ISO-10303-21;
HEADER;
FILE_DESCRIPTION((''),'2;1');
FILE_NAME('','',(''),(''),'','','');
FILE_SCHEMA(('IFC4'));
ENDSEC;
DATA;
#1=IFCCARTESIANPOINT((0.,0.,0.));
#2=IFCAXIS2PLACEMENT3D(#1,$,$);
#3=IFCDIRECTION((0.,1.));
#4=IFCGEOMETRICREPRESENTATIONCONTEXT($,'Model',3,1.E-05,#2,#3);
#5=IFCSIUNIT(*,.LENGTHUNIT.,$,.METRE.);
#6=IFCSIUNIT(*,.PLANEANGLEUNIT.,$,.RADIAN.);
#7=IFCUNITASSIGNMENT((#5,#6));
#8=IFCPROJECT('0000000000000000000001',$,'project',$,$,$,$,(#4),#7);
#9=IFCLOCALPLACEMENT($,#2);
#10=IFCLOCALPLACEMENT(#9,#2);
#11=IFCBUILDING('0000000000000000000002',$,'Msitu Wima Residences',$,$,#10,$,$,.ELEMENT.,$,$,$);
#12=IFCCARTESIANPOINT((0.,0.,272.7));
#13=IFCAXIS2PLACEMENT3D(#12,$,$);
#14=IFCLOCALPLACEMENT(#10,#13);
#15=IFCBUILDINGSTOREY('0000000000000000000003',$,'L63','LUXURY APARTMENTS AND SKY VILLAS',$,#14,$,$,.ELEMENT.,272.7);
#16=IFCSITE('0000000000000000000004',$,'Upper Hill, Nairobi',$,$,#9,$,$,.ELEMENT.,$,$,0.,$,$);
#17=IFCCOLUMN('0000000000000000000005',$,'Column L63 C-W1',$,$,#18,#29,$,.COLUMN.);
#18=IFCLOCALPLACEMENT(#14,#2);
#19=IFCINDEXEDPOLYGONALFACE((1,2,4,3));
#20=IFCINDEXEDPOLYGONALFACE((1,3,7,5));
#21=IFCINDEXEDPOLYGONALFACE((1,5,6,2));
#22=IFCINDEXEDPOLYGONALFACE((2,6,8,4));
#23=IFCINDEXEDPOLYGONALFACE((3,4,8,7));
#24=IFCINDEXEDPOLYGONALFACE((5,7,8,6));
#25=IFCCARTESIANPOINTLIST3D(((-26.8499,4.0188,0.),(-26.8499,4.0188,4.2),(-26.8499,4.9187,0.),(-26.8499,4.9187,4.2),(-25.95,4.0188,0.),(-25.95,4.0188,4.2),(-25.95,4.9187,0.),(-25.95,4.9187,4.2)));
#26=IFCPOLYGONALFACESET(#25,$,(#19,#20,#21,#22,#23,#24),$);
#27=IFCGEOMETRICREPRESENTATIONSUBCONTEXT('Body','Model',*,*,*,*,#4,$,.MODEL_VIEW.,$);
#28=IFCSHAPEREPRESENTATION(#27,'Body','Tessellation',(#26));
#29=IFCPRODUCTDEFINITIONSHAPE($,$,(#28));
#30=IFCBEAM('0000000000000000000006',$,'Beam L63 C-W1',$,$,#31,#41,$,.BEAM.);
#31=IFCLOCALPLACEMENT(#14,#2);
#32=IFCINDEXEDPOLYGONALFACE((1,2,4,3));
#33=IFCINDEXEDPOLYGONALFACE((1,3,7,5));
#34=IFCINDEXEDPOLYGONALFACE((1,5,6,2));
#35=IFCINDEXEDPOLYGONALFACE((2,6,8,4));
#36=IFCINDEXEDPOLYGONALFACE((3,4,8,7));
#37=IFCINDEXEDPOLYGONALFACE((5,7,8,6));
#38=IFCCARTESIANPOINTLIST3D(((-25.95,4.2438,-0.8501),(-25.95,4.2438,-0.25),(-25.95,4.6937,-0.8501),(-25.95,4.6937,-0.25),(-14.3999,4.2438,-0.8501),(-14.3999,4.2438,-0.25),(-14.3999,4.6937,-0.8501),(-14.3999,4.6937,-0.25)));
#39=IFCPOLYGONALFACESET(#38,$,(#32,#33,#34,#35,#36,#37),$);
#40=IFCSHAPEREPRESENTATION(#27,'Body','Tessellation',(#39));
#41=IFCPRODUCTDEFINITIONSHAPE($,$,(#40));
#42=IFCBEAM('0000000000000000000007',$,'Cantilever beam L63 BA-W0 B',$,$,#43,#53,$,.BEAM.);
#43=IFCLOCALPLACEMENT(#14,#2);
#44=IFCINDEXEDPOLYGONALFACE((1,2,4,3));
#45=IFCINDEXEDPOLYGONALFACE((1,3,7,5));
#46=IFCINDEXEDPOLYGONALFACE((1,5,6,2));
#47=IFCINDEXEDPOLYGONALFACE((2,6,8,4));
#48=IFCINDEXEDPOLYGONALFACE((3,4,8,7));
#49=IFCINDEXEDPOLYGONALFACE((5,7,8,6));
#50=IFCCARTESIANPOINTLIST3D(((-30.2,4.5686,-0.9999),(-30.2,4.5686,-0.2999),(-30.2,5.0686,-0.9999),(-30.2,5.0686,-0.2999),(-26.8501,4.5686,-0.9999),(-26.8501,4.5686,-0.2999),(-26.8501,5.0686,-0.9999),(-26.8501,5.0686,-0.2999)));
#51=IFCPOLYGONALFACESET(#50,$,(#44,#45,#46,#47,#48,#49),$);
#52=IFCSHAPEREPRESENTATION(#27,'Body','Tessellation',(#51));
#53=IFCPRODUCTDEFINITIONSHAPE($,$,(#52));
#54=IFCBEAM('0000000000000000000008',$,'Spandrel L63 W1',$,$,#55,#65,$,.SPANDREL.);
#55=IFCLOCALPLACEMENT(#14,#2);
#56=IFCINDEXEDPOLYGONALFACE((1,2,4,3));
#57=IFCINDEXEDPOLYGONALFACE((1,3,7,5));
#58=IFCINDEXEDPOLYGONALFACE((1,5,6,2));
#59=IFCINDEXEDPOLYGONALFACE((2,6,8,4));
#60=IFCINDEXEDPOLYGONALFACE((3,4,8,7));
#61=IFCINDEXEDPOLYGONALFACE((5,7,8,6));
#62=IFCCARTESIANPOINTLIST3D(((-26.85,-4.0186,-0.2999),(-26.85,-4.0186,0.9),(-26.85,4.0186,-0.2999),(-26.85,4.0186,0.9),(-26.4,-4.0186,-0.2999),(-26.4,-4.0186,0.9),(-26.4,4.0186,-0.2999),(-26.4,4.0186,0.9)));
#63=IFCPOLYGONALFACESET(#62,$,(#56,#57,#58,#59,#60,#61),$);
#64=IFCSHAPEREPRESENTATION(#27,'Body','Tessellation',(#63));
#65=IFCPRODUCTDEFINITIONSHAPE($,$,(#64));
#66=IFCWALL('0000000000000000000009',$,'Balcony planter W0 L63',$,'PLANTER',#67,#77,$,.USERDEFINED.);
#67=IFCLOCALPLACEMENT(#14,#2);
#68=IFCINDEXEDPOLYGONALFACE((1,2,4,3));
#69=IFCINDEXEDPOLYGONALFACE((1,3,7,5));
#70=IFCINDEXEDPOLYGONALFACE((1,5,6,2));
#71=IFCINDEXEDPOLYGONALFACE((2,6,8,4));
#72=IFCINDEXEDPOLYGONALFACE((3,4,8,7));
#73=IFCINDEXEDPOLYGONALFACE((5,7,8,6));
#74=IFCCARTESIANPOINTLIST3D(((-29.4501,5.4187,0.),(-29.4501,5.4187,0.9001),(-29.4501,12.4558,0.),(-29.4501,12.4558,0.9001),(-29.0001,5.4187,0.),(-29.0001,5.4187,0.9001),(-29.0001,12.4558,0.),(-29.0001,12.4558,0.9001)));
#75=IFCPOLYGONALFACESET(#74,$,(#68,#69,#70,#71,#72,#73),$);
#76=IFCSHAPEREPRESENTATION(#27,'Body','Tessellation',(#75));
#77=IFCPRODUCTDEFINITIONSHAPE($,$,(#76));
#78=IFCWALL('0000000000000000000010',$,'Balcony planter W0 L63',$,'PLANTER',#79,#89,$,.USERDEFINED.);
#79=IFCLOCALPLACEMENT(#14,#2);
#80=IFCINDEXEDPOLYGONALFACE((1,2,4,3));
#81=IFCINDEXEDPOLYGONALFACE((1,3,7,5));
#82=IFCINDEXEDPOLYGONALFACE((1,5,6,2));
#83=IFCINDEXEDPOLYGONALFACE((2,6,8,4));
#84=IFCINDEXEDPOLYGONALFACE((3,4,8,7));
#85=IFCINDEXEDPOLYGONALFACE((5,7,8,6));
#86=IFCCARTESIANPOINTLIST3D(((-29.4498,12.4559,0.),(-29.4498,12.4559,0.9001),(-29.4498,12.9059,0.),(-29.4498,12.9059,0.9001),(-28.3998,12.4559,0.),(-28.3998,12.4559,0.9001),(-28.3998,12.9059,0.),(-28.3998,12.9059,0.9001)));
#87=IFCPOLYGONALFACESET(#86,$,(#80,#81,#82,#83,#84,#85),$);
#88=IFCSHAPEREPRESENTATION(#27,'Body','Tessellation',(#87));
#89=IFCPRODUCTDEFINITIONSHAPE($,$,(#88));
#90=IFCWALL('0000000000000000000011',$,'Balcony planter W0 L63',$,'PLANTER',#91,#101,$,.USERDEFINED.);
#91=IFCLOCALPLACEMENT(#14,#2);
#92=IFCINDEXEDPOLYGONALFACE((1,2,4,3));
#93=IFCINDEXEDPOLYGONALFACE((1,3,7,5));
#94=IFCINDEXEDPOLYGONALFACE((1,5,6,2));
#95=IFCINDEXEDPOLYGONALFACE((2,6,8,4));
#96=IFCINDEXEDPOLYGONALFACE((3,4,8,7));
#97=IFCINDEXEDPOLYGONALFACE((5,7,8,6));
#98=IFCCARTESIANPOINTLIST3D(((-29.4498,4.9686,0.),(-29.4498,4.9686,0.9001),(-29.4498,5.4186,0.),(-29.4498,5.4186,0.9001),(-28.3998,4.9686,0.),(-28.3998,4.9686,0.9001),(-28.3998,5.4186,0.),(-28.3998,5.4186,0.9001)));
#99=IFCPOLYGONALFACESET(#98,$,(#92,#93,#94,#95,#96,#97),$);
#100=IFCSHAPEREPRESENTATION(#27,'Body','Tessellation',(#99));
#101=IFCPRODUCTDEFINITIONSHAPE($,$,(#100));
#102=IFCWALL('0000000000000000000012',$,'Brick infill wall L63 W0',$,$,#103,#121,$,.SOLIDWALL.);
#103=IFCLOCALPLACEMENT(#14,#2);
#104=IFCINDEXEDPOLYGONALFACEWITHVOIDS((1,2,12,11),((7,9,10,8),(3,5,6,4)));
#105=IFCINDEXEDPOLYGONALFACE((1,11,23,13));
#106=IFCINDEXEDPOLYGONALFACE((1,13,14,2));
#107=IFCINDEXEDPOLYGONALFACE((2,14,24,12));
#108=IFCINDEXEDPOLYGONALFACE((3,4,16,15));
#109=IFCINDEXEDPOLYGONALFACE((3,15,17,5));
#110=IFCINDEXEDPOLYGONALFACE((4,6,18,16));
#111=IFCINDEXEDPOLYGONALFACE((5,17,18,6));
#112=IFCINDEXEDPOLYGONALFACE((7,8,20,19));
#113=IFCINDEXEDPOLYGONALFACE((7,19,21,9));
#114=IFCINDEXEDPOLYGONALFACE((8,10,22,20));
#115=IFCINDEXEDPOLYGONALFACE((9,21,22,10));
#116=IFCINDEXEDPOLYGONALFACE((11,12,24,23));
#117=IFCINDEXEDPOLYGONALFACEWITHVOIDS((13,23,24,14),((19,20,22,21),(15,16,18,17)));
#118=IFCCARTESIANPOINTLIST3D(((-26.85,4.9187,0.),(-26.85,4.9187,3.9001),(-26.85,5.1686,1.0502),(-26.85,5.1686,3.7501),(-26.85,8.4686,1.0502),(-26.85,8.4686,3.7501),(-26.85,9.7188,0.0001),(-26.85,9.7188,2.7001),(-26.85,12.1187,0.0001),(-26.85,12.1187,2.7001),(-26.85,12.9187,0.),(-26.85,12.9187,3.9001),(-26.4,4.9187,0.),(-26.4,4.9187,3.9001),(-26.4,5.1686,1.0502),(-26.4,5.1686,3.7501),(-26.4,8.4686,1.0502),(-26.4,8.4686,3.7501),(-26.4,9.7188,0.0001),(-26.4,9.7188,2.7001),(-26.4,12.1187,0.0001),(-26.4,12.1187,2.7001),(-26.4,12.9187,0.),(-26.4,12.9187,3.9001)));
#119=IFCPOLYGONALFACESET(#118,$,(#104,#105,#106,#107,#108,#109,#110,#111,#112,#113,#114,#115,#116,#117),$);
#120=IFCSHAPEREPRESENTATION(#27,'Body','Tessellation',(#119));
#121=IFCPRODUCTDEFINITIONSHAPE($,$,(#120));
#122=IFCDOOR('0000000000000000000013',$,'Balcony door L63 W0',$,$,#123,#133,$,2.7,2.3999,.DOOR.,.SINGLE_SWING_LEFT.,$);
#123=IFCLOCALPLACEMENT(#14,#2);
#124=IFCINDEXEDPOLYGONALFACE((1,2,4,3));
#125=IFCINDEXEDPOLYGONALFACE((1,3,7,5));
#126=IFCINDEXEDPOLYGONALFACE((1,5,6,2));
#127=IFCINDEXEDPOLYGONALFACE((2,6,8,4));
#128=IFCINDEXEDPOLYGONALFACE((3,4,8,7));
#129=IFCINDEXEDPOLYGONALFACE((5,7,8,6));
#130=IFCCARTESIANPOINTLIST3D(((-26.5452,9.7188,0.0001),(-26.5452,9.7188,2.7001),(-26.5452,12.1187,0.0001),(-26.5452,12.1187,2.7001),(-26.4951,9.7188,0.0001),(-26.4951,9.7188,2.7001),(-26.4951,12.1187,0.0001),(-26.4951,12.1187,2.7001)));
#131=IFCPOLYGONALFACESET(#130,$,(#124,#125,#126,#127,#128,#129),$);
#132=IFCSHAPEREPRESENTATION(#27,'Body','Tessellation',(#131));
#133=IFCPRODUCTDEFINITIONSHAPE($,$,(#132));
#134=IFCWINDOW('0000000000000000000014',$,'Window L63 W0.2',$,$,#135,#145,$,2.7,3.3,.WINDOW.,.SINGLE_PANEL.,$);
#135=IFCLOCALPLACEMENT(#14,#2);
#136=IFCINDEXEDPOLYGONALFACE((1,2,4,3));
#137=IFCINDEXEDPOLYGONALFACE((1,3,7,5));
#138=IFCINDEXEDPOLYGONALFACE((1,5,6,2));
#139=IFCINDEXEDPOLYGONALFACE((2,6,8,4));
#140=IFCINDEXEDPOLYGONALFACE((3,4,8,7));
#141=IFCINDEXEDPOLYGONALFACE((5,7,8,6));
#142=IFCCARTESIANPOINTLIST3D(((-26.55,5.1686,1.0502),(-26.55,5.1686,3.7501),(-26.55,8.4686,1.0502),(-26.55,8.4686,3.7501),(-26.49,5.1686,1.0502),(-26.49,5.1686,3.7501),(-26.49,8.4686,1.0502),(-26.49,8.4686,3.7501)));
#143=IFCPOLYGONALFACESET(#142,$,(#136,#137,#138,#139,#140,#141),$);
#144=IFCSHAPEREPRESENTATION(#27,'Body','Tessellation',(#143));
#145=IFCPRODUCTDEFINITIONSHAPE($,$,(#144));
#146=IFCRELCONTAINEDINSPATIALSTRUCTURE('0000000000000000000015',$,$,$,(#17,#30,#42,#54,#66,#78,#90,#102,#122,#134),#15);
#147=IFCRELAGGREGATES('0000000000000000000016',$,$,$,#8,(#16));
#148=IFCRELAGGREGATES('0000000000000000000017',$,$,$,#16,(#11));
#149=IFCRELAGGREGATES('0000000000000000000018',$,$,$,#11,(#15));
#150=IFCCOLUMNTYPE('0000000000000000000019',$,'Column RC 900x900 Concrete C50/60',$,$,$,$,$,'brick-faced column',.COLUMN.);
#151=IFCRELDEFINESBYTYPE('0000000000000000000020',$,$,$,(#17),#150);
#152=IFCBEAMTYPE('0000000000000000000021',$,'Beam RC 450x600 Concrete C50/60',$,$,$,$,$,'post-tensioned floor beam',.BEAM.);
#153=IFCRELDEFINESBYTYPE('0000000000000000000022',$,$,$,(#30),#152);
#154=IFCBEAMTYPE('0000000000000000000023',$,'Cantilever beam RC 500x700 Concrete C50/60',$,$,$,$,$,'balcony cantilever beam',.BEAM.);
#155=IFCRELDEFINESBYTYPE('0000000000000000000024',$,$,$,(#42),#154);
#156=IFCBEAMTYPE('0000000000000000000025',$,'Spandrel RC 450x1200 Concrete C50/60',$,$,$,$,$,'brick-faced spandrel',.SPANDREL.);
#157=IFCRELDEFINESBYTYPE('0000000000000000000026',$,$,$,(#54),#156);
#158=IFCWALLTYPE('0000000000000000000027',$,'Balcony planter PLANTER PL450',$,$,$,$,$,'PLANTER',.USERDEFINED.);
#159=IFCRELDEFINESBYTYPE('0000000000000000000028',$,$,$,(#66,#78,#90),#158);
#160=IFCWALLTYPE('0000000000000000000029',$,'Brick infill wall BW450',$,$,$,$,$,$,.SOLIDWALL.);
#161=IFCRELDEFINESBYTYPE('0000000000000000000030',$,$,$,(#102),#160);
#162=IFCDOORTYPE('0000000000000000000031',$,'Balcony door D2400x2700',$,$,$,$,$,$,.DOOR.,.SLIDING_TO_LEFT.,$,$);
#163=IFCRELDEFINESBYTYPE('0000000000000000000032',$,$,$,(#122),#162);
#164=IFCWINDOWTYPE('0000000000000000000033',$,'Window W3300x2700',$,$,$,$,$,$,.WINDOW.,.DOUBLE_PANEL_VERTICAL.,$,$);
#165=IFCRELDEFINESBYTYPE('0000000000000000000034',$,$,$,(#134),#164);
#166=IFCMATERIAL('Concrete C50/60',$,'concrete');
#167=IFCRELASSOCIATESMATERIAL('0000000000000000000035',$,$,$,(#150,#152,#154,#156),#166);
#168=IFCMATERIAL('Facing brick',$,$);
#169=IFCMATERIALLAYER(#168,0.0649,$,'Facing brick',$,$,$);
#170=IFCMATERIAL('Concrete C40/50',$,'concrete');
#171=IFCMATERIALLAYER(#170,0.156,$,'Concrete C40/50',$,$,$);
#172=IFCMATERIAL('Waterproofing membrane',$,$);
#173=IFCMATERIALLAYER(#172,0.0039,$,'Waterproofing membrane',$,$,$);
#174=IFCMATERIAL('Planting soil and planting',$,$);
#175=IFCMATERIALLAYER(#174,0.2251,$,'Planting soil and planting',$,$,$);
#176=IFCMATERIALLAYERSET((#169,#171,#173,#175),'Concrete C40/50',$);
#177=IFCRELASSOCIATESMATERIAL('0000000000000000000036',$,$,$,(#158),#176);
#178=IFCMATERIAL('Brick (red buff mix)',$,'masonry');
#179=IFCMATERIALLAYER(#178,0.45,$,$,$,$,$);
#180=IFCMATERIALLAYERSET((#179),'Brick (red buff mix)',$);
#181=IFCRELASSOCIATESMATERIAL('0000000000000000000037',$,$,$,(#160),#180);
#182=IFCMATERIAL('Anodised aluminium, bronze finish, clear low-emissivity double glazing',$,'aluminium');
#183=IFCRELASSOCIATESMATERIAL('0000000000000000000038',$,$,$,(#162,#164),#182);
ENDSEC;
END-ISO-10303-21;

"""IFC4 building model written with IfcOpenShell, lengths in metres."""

from ifc_helpers import new_model, si_unit, direction, frame, frame_2d, origin, origin_2d, place, context, subcontext, project, spatial, rectangle, extrude, material, layer, layer_set, material_profile, profile_set, type_object, element, fill, save


model = new_model("IFC4")

# Units and contexts
model_context = context("Model", 3, precision=1e-05, world=origin(), true_north=direction((0.0, 1.0)))
body_context = subcontext(model_context, "Body", "Model", "MODEL_VIEW")
ifc_project = project(units=[si_unit("LENGTHUNIT", "METRE"), si_unit("PLANEANGLEUNIT", "RADIAN")], contexts=[model_context])

# Site, building, storey
site_placement = place(None, origin())
site = spatial("IfcSite", under=ifc_project, at=site_placement, Name="Upper Hill, Nairobi", CompositionType="ELEMENT", RefElevation=0.0)
building_placement = place(site_placement, origin())
building = spatial("IfcBuilding", under=site, at=building_placement, Name="Msitu Wima Residences", CompositionType="ELEMENT")
storey_placement = place(building_placement, frame((0.0, 0.0, 272.7)))
storey = spatial("IfcBuildingStorey", under=building, at=storey_placement, Name="L63", Description="LUXURY APARTMENTS AND SKY VILLAS", CompositionType="ELEMENT", Elevation=272.7)

# Column
ifc_material_1 = material(Name="Concrete C50/60", Category="concrete")
ifc_material_profile_1 = material_profile(ifc_material_1, rectangle(XDim=0.8999, YDim=0.8999, at=origin_2d()), Name="RC 900x900")
ifc_profile_set_1 = profile_set([ifc_material_profile_1], Name="Concrete C50/60")
column_type = type_object("IfcColumnType", Name="Column RC 900x900 Concrete C50/60", ElementType="brick-faced column", PredefinedType="COLUMN", material=ifc_profile_set_1)
column_placement = place(storey_placement, frame((-26.3999, 4.4688, 0.0), z_axis=(0.0, 0.0, 1.0), x_axis=(0.0, -1.0, 0.0)))
element("IfcColumn", 1, at=column_placement, inside=storey, type_object=column_type, Name="Column L63 C-W1", PredefinedType="COLUMN", context=body_context, shape_type="SweptSolid", body=[
    extrude(rectangle(XDim=0.8999, YDim=0.8999, at=origin_2d()), origin(), (0.0, 0.0, 1.0), 4.2),
])

# Beams
ifc_material_profile_2 = material_profile(ifc_material_1, rectangle(XDim=0.45, YDim=0.6001, at=origin_2d()), Name="RC 450x600")
ifc_profile_set_2 = profile_set([ifc_material_profile_2], Name="Concrete C50/60")
beam_type_1 = type_object("IfcBeamType", Name="Beam RC 450x600 Concrete C50/60", ElementType="post-tensioned floor beam", PredefinedType="BEAM", material=ifc_profile_set_2)
beam_1_placement = place(storey_placement, frame((-25.95, 4.4688, -0.55), z_axis=(1.0, 0.0, 0.0), x_axis=(0.0, 1.0, 0.0)))
element("IfcBeam", 2, at=beam_1_placement, inside=storey, type_object=beam_type_1, Name="Beam L63 C-W1", PredefinedType="BEAM", context=body_context, shape_type="SweptSolid", body=[
    extrude(rectangle(XDim=0.45, YDim=0.6001, at=origin_2d()), origin(), (0.0, 0.0, 1.0), 11.55),
])
ifc_material_profile_3 = material_profile(ifc_material_1, rectangle(XDim=0.5, YDim=0.7, at=origin_2d()), Name="RC 500x700")
ifc_profile_set_3 = profile_set([ifc_material_profile_3], Name="Concrete C50/60")
beam_type_2 = type_object("IfcBeamType", Name="Cantilever beam RC 500x700 Concrete C50/60", ElementType="balcony cantilever beam", PredefinedType="BEAM", material=ifc_profile_set_3)
beam_2_placement = place(storey_placement, frame((-26.8501, 4.8186, -0.6499), z_axis=(-1.0, 0.0, 0.0), x_axis=(0.0, -1.0, 0.0)))
element("IfcBeam", 3, at=beam_2_placement, inside=storey, type_object=beam_type_2, Name="Cantilever beam L63 BA-W0 B", PredefinedType="BEAM", context=body_context, shape_type="SweptSolid", body=[
    extrude(rectangle(XDim=0.5, YDim=0.7, at=origin_2d()), origin(), (0.0, 0.0, 1.0), 3.3499),
])
ifc_material_profile_4 = material_profile(ifc_material_1, rectangle(XDim=0.45, YDim=1.2, at=origin_2d()), Name="RC 450x1200")
ifc_profile_set_4 = profile_set([ifc_material_profile_4], Name="Concrete C50/60")
beam_type_3 = type_object("IfcBeamType", Name="Spandrel RC 450x1200 Concrete C50/60", ElementType="brick-faced spandrel", PredefinedType="SPANDREL", material=ifc_profile_set_4)
beam_3_placement = place(storey_placement, frame((-26.625, 4.0186, 0.3), z_axis=(0.0, -1.0, 0.0), x_axis=(1.0, 0.0, 0.0)))
element("IfcBeam", 4, at=beam_3_placement, inside=storey, type_object=beam_type_3, Name="Spandrel L63 W1", PredefinedType="SPANDREL", context=body_context, shape_type="SweptSolid", body=[
    extrude(rectangle(XDim=0.45, YDim=1.2, at=origin_2d()), origin(), (0.0, 0.0, 1.0), 8.0371),
])

# Walls
ifc_material_2 = material(Name="Facing brick")
ifc_layer_1 = layer(ifc_material_2, 0.0649, Name="Facing brick")
ifc_material_3 = material(Name="Concrete C40/50", Category="concrete")
ifc_layer_2 = layer(ifc_material_3, 0.156, Name="Concrete C40/50")
ifc_material_4 = material(Name="Waterproofing membrane")
ifc_layer_3 = layer(ifc_material_4, 0.0039, Name="Waterproofing membrane")
ifc_material_5 = material(Name="Planting soil and planting")
ifc_layer_4 = layer(ifc_material_5, 0.2251, Name="Planting soil and planting")
ifc_layer_set_1 = layer_set([ifc_layer_1, ifc_layer_2, ifc_layer_3, ifc_layer_4], Name="Concrete C40/50")
wall_type_1 = type_object("IfcWallType", Name="Balcony planter PLANTER PL450", ElementType="PLANTER", PredefinedType="USERDEFINED", material=ifc_layer_set_1)
wall_1_placement = place(storey_placement, frame((-29.2251, 12.4558, 0.0), z_axis=(0.0, 0.0, 1.0), x_axis=(0.0, -1.0, 0.0)))
element("IfcWall", 5, at=wall_1_placement, inside=storey, type_object=wall_type_1, Name="Balcony planter W0 L63", ObjectType="PLANTER", PredefinedType="USERDEFINED", context=body_context, shape_type="SweptSolid", body=[
    extrude(rectangle(XDim=7.0371, YDim=0.45, at=frame_2d((3.5186, 0.0))), origin(), (0.0, 0.0, 1.0), 0.9001),
])
for number, where, z_axis, x_axis, name in (
    (6, (-28.3999, 12.6809, 0.0), (0.0, 0.0, 1.0), (-1.0, 0.0, 0.0), "Balcony planter W0 L63"),
    (7, (-28.3999, 5.1936, 0.0), (0.0, 0.0, 1.0), (-1.0, 0.0, 0.0), "Balcony planter W0 L63"),
):
    element("IfcWall", number, at=place(storey_placement, frame(where, z_axis=z_axis, x_axis=x_axis)), inside=storey, type_object=wall_type_1, Name=name, ObjectType="PLANTER", PredefinedType="USERDEFINED", context=body_context, shape_type="SweptSolid", body=[
        extrude(rectangle(XDim=1.05, YDim=0.45, at=frame_2d((0.5249, 0.0))), origin(), (0.0, 0.0, 1.0), 0.9001),
    ])

# Wall, openings, door, window
ifc_material_6 = material(Name="Brick (red buff mix)", Category="masonry")
ifc_layer_5 = layer(ifc_material_6, 0.45)
ifc_layer_set_2 = layer_set([ifc_layer_5], Name="Brick (red buff mix)")
wall_type_2 = type_object("IfcWallType", Name="Brick infill wall BW450", PredefinedType="SOLIDWALL", material=ifc_layer_set_2)
wall_2_placement = place(storey_placement, frame((-26.625, 12.9187, 0.0), z_axis=(0.0, 0.0, 1.0), x_axis=(0.0, -1.0, 0.0)))
wall_2 = element("IfcWall", 8, at=wall_2_placement, inside=storey, type_object=wall_type_2, Name="Brick infill wall L63 W0", PredefinedType="SOLIDWALL", context=body_context, shape_type="SweptSolid", body=[
    extrude(rectangle(XDim=8.0, YDim=0.45, at=frame_2d((4.0, 0.0))), origin(), (0.0, 0.0, 1.0), 3.9001),
])
opening_1_placement = place(wall_2_placement, frame((0.8, 0.0, 0.0)))
opening_1 = element("IfcOpeningElement", 9, at=opening_1_placement, cuts=wall_2, PredefinedType="OPENING", context=body_context, shape_type="SweptSolid", body=[
    extrude(rectangle(XDim=2.3999, YDim=2.7, at=frame_2d((1.2, 1.3501))), frame((0.0, 0.2349, 0.0), z_axis=(0.0, -1.0, 0.0), x_axis=(1.0, 0.0, 0.0)), (0.0, 0.0, 1.0), 0.47),
])
opening_2_placement = place(wall_2_placement, frame((4.4502, 0.0, 1.05)))
opening_2 = element("IfcOpeningElement", 10, at=opening_2_placement, cuts=wall_2, PredefinedType="OPENING", context=body_context, shape_type="SweptSolid", body=[
    extrude(rectangle(XDim=3.3, YDim=2.7, at=frame_2d((1.6499, 1.3501))), frame((0.0, 0.2349, 0.0), z_axis=(0.0, -1.0, 0.0), x_axis=(1.0, 0.0, 0.0)), (0.0, 0.0, 1.0), 0.47),
])
ifc_material_7 = material(Name="Anodised aluminium, bronze finish, clear low-emissivity double glazing", Category="aluminium")
door_type_1 = type_object("IfcDoorType", Name="Balcony door D2400x2700", OperationType="SLIDING_TO_LEFT", PredefinedType="DOOR", material=ifc_material_7)
door_1_placement = place(opening_1_placement, origin())
door_1 = element("IfcDoor", 11, at=door_1_placement, inside=storey, type_object=door_type_1, Name="Balcony door L63 W0", OperationType="SINGLE_SWING_LEFT", OverallHeight=2.7, OverallWidth=2.3999, PredefinedType="DOOR", context=body_context, shape_type="SweptSolid", body=[
    extrude(rectangle(XDim=2.3999, YDim=2.7, at=frame_2d((1.2, 1.3501))), frame((0.0, 0.1299, 0.0), z_axis=(0.0, -1.0, 0.0), x_axis=(1.0, 0.0, 0.0)), (0.0, 0.0, 1.0), 0.05),
])
fill(opening_1, door_1)
window_type = type_object("IfcWindowType", Name="Window W3300x2700", PartitioningType="DOUBLE_PANEL_VERTICAL", PredefinedType="WINDOW", material=ifc_material_7)
window_1_placement = place(opening_2_placement, origin())
window_1 = element("IfcWindow", 12, at=window_1_placement, inside=storey, type_object=window_type, Name="Window L63 W0.2", OverallHeight=2.7, OverallWidth=3.3, PartitioningType="SINGLE_PANEL", PredefinedType="WINDOW", context=body_context, shape_type="SweptSolid", body=[
    extrude(rectangle(XDim=3.3, YDim=2.7, at=frame_2d((1.6499, 1.3501))), frame((0.0, 0.135, 0.0), z_axis=(0.0, -1.0, 0.0), x_axis=(1.0, 0.0, 0.0)), (0.0, 0.0, 1.0), 0.0601),
])
fill(opening_2, window_1)

save(model, "model.ifc")
